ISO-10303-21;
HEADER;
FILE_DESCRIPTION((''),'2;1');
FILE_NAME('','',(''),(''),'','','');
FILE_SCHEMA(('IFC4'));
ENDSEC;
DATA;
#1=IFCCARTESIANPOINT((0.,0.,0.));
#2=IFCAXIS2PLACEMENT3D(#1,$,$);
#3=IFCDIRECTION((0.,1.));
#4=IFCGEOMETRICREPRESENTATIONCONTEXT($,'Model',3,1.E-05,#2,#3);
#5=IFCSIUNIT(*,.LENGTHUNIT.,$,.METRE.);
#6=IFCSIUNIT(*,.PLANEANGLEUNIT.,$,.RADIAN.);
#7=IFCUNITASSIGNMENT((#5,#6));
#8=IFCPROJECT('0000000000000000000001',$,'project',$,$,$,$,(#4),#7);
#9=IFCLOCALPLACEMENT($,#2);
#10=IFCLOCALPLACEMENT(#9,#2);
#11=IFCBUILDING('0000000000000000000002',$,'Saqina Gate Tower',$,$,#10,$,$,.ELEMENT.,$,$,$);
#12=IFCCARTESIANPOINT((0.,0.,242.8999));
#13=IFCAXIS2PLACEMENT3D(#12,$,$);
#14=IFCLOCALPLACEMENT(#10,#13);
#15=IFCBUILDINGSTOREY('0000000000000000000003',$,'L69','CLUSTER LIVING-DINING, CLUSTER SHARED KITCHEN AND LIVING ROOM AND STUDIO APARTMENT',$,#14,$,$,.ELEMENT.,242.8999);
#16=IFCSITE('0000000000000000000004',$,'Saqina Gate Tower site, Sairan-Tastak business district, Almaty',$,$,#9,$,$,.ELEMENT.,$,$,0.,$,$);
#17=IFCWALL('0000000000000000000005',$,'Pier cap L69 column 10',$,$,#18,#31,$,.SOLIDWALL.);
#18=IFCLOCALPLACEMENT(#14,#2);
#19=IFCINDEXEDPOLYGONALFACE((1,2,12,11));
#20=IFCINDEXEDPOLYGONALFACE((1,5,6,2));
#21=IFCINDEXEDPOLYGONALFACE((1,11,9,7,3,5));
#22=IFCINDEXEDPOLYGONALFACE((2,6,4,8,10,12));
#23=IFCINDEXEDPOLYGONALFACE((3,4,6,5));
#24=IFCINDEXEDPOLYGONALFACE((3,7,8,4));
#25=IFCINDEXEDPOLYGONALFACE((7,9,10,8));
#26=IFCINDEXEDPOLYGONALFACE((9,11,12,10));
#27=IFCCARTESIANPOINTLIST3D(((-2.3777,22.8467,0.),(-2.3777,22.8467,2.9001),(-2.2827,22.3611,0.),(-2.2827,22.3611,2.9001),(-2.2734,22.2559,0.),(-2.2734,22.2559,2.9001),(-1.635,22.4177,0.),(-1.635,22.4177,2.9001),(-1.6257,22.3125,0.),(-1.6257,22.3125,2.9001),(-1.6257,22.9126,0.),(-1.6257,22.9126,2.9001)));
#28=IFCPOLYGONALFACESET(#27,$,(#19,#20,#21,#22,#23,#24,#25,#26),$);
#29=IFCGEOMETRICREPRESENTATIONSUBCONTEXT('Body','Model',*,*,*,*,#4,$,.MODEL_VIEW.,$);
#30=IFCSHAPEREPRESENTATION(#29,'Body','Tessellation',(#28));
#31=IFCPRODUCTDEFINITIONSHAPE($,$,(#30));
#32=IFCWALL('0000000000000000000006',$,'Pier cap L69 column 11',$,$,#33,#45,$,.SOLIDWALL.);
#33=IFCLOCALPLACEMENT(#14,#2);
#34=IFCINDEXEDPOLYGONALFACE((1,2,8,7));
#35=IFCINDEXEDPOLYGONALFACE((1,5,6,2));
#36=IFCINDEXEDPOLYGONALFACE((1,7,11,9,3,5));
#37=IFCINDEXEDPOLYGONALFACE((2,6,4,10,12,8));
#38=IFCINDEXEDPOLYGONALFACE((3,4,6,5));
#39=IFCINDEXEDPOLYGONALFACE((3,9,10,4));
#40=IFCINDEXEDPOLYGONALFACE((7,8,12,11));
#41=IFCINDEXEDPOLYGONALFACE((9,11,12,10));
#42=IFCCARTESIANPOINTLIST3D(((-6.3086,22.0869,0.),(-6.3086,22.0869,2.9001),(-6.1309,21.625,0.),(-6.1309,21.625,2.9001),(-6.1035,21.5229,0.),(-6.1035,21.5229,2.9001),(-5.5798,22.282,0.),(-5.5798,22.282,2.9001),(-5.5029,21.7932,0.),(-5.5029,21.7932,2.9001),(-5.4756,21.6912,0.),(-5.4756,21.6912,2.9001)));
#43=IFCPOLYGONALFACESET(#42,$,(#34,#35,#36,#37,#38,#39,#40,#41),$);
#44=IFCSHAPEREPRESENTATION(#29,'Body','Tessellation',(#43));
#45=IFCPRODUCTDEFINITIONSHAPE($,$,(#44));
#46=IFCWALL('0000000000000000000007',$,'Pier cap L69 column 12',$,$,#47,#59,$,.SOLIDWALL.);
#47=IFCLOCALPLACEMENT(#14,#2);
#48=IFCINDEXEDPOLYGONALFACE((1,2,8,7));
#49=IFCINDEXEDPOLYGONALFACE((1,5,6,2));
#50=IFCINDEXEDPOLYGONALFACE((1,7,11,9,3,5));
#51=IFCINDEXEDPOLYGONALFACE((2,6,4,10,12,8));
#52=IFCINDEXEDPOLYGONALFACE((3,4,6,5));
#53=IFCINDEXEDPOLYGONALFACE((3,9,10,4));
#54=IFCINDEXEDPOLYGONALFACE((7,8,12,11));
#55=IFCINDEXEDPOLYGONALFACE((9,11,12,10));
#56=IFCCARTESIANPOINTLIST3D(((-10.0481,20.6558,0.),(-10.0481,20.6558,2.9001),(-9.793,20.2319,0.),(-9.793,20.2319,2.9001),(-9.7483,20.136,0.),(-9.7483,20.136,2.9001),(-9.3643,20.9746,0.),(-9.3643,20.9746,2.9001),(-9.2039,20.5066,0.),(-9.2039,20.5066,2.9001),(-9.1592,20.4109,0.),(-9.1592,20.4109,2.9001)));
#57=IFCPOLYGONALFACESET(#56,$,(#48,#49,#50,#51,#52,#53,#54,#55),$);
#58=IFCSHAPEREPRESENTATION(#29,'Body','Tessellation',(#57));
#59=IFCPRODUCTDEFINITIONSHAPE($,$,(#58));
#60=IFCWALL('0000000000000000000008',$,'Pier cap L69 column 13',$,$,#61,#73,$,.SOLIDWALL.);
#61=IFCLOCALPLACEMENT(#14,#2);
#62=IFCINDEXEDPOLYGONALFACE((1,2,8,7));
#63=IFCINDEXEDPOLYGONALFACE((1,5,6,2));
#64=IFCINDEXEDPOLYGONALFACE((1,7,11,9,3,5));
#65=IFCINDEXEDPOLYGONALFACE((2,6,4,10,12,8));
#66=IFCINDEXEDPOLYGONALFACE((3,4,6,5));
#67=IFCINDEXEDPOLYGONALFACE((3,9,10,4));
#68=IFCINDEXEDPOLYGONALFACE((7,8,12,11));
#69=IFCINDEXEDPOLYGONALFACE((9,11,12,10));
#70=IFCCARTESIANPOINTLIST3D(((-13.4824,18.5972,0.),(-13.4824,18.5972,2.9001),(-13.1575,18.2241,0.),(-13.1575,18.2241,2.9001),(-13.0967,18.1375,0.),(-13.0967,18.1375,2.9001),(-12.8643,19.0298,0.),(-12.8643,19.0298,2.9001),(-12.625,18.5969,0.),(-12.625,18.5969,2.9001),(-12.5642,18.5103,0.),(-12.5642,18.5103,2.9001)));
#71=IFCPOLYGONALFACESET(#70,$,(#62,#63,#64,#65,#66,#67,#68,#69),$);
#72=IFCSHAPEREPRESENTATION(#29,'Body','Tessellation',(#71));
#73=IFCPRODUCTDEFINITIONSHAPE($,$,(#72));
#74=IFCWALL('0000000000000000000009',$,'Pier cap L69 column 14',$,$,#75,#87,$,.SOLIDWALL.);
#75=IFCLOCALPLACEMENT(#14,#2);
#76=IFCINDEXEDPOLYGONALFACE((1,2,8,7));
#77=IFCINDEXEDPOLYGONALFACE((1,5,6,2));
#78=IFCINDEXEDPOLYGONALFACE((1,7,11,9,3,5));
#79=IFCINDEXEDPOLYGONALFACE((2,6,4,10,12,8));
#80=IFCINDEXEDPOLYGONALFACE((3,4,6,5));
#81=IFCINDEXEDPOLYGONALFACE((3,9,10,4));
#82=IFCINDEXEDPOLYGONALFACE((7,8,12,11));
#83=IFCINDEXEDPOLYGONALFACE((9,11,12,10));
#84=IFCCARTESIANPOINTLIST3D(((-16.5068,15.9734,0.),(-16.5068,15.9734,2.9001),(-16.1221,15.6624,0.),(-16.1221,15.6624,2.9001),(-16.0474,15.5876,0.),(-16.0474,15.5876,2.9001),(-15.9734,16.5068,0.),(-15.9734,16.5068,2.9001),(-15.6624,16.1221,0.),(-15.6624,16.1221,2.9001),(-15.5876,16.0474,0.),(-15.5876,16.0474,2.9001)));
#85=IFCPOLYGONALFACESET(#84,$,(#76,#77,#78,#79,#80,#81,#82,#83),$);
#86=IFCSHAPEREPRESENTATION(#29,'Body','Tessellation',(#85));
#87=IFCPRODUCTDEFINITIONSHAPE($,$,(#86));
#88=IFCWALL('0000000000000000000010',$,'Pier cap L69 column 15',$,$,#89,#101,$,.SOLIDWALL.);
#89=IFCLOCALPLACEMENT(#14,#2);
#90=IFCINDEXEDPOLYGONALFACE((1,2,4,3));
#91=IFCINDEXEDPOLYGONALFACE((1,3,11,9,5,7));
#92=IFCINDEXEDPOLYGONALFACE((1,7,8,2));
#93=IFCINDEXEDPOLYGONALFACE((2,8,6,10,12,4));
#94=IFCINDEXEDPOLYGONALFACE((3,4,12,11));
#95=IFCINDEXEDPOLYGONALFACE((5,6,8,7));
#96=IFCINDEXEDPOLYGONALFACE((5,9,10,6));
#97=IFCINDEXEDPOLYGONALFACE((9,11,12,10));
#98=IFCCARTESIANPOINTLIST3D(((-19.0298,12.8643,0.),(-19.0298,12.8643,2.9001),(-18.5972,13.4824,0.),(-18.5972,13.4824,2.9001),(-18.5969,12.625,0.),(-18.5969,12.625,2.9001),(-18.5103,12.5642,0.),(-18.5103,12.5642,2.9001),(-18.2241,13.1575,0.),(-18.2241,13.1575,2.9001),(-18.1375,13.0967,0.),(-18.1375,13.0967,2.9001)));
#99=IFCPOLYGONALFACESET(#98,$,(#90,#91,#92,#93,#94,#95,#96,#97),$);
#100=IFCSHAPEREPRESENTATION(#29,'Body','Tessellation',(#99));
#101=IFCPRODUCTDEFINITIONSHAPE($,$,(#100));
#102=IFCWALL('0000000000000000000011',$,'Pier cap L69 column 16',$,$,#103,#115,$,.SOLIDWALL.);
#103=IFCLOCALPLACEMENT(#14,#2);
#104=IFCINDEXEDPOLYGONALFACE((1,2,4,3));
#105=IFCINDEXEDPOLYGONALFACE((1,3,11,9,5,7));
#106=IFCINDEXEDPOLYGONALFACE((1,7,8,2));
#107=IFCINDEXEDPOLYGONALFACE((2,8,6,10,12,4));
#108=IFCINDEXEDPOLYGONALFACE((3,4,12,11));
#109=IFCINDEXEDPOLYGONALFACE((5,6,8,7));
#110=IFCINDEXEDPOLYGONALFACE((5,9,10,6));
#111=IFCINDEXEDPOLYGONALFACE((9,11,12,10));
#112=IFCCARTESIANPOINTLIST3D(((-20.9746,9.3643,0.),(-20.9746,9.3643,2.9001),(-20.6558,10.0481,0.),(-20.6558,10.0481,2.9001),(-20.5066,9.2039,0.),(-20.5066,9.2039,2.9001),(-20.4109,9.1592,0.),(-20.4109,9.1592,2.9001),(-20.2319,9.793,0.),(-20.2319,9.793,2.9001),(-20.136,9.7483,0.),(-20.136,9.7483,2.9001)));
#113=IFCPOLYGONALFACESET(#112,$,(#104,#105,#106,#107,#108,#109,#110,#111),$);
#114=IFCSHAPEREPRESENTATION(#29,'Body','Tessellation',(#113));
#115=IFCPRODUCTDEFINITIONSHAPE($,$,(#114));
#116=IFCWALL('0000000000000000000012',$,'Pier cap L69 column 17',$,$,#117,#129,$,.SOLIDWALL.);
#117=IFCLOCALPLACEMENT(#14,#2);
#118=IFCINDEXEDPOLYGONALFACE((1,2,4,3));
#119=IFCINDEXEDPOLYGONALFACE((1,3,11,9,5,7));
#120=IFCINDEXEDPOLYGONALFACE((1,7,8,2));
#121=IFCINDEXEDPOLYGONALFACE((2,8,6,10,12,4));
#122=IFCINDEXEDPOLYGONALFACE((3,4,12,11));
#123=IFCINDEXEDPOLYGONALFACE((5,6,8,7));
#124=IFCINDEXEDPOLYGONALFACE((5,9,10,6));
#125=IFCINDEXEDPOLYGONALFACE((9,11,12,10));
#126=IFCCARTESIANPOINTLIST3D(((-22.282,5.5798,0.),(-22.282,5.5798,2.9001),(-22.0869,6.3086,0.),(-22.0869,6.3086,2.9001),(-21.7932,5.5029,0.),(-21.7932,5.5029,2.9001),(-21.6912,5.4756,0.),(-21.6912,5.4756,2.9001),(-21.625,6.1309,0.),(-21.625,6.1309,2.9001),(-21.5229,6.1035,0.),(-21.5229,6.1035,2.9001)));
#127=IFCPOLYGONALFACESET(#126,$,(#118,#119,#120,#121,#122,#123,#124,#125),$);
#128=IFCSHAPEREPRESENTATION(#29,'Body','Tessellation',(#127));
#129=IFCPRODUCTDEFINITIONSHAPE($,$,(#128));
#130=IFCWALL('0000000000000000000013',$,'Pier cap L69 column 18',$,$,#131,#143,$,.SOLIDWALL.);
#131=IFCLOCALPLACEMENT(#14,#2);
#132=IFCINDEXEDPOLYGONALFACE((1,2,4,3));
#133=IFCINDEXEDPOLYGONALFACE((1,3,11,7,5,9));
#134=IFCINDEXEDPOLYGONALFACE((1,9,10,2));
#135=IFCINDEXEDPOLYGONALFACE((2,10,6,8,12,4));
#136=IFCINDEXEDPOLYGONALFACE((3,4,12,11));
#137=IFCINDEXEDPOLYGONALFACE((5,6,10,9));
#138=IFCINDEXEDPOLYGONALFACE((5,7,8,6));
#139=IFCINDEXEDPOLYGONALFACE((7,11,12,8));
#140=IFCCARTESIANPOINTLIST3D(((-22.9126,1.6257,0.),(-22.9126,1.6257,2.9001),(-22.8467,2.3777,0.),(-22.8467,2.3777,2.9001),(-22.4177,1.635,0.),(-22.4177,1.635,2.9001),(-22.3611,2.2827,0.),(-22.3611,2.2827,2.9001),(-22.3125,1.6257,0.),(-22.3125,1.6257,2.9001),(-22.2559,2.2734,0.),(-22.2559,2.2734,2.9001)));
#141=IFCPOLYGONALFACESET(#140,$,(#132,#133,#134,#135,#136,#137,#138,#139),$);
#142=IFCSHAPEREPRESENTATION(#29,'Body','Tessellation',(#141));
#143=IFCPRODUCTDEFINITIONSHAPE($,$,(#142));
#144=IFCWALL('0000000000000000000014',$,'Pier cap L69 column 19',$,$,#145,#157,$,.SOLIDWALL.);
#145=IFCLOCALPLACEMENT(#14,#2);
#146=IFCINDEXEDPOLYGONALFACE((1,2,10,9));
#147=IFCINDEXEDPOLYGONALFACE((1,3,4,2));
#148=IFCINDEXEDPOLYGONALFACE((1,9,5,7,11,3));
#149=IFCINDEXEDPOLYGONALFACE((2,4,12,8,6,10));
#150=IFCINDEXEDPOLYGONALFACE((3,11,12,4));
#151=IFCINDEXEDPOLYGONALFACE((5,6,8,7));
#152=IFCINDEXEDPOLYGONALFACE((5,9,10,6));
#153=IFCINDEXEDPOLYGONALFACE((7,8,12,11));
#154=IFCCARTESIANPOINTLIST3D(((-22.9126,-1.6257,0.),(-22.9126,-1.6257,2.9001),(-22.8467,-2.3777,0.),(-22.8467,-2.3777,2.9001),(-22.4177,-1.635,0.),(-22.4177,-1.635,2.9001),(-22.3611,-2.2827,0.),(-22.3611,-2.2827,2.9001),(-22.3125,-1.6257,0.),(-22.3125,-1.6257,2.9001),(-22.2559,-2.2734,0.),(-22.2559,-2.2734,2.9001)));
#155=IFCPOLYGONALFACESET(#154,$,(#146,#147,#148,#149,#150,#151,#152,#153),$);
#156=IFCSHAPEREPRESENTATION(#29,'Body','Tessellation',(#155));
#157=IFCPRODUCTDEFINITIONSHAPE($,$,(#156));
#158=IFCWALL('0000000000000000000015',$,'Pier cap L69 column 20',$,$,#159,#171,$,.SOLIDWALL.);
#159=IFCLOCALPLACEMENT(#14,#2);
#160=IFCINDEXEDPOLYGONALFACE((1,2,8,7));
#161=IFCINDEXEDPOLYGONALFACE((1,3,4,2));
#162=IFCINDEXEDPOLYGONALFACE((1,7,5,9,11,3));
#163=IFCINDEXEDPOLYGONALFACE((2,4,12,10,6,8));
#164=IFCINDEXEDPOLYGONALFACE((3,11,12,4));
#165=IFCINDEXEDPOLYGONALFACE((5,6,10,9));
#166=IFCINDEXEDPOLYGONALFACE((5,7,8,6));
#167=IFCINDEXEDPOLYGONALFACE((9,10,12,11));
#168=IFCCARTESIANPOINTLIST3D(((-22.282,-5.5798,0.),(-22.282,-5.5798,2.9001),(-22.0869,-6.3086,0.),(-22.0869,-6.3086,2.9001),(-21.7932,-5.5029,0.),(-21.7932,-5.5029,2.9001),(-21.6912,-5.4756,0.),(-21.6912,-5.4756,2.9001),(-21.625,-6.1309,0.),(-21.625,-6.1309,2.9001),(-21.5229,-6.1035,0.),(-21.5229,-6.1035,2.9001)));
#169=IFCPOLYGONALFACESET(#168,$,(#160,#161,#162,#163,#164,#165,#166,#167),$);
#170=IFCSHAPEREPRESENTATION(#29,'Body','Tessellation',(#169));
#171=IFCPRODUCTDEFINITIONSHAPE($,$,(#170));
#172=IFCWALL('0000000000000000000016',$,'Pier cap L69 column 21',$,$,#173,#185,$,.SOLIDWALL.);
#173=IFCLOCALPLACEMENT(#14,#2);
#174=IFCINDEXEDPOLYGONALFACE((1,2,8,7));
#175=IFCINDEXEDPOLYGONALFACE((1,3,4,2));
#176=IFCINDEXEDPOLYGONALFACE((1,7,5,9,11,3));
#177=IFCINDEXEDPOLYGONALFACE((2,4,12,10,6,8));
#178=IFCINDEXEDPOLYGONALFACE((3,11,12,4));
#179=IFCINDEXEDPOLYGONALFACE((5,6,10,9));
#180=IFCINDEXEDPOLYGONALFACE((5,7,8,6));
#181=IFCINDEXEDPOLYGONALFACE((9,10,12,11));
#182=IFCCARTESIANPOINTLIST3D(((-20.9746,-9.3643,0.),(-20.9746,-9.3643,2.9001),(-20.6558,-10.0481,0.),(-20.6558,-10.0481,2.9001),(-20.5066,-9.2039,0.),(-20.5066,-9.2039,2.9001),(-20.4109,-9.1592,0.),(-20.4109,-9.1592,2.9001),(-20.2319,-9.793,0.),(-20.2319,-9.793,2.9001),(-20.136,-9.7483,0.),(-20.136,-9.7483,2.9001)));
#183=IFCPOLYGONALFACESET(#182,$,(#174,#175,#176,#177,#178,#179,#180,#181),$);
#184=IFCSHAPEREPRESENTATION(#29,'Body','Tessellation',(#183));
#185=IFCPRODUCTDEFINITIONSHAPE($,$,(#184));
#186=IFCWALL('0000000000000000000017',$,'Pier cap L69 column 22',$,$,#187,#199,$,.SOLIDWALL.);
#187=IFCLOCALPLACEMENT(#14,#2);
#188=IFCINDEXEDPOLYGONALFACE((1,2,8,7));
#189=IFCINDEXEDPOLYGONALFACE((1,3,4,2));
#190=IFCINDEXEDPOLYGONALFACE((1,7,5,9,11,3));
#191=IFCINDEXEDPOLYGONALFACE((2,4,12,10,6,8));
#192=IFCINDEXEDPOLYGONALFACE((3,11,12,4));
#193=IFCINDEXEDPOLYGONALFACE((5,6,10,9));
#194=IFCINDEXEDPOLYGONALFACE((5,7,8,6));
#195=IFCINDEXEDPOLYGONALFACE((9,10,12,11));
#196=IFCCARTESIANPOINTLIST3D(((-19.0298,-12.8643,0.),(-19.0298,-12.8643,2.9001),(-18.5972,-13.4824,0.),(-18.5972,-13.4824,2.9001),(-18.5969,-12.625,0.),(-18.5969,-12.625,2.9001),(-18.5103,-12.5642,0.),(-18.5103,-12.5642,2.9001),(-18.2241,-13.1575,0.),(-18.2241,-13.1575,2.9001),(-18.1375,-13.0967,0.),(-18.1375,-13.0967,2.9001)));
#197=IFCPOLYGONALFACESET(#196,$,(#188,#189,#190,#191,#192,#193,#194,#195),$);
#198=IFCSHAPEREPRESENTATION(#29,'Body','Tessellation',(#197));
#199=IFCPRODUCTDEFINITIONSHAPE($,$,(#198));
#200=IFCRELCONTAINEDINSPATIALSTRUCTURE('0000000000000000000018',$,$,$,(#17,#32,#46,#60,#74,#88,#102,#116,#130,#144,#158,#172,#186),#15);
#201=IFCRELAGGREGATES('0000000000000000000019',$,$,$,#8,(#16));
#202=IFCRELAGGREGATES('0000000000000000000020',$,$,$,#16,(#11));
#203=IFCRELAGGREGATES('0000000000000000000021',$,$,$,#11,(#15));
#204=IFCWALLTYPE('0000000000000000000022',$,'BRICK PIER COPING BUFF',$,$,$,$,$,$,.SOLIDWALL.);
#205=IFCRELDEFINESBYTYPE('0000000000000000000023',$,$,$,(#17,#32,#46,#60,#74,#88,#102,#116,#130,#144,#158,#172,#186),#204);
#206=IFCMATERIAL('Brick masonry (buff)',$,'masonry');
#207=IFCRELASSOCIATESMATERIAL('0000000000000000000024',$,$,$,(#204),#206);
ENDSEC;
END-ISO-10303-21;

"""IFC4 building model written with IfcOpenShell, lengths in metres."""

from ifc_helpers import new_model, si_unit, direction, frame, origin, place, context, subcontext, project, spatial, polyline, outline, extrude, material, type_object, element, save


model = new_model("IFC4")

# Units and contexts
model_context = context("Model", 3, precision=1e-05, world=origin(), true_north=direction((0.0, 1.0)))
body_context = subcontext(model_context, "Body", "Model", "MODEL_VIEW")
ifc_project = project(units=[si_unit("LENGTHUNIT", "METRE"), si_unit("PLANEANGLEUNIT", "RADIAN")], contexts=[model_context])

# Site, building, storey
site_placement = place(None, origin())
site = spatial("IfcSite", under=ifc_project, at=site_placement, Name="Saqina Gate Tower site, Sairan-Tastak business district, Almaty", CompositionType="ELEMENT", RefElevation=0.0)
building_placement = place(site_placement, origin())
building = spatial("IfcBuilding", under=site, at=building_placement, Name="Saqina Gate Tower", CompositionType="ELEMENT")
storey_placement = place(building_placement, frame((0.0, 0.0, 242.8999)))
storey = spatial("IfcBuildingStorey", under=building, at=storey_placement, Name="L69", Description="CLUSTER LIVING-DINING, CLUSTER SHARED KITCHEN AND LIVING ROOM AND STUDIO APARTMENT", CompositionType="ELEMENT", Elevation=242.8999)

# Walls
ifc_material = material(Name="Brick masonry (buff)", Category="masonry")
wall_type = type_object("IfcWallType", Name="BRICK PIER COPING BUFF", PredefinedType="SOLIDWALL", material=ifc_material)
wall_1_placement = place(storey_placement, origin())
element("IfcWall", 1, at=wall_1_placement, inside=storey, type_object=wall_type, Name="Pier cap L69 column 10", PredefinedType="SOLIDWALL", context=body_context, shape_type="SweptSolid", body=[
    extrude(outline(polyline([(-1.6257, 22.9126), (-2.3777, 22.8467), (-2.2734, 22.2559), (-2.2827, 22.3611), (-1.635, 22.4177), (-1.6257, 22.3125), (-1.6257, 22.9126)])), origin(), (0.0, 0.0, 1.0), 2.9001),
])
wall_2_placement = place(storey_placement, origin())
element("IfcWall", 2, at=wall_2_placement, inside=storey, type_object=wall_type, Name="Pier cap L69 column 11", PredefinedType="SOLIDWALL", context=body_context, shape_type="SweptSolid", body=[
    extrude(outline(polyline([(-6.3086, 22.0869), (-6.1035, 21.5229), (-6.1309, 21.625), (-5.5029, 21.7932), (-5.4756, 21.6912), (-5.5798, 22.282), (-6.3086, 22.0869)])), origin(), (0.0, 0.0, 1.0), 2.9001),
])
wall_3_placement = place(storey_placement, origin())
element("IfcWall", 3, at=wall_3_placement, inside=storey, type_object=wall_type, Name="Pier cap L69 column 12", PredefinedType="SOLIDWALL", context=body_context, shape_type="SweptSolid", body=[
    extrude(outline(polyline([(-9.3643, 20.9746), (-10.0481, 20.6558), (-9.7483, 20.136), (-9.793, 20.2319), (-9.2039, 20.5066), (-9.1592, 20.4109), (-9.3643, 20.9746)])), origin(), (0.0, 0.0, 1.0), 2.9001),
])
wall_4_placement = place(storey_placement, origin())
element("IfcWall", 4, at=wall_4_placement, inside=storey, type_object=wall_type, Name="Pier cap L69 column 13", PredefinedType="SOLIDWALL", context=body_context, shape_type="SweptSolid", body=[
    extrude(outline(polyline([(-12.8643, 19.0298), (-13.4824, 18.5972), (-13.0967, 18.1375), (-13.1575, 18.2241), (-12.625, 18.5969), (-12.5642, 18.5103), (-12.8643, 19.0298)])), origin(), (0.0, 0.0, 1.0), 2.9001),
])
wall_5_placement = place(storey_placement, origin())
element("IfcWall", 5, at=wall_5_placement, inside=storey, type_object=wall_type, Name="Pier cap L69 column 14", PredefinedType="SOLIDWALL", context=body_context, shape_type="SweptSolid", body=[
    extrude(outline(polyline([(-16.5068, 15.9734), (-16.0474, 15.5876), (-16.1221, 15.6624), (-15.6624, 16.1221), (-15.5876, 16.0474), (-15.9734, 16.5068), (-16.5068, 15.9734)])), origin(), (0.0, 0.0, 1.0), 2.9001),
])
wall_6_placement = place(storey_placement, origin())
element("IfcWall", 6, at=wall_6_placement, inside=storey, type_object=wall_type, Name="Pier cap L69 column 15", PredefinedType="SOLIDWALL", context=body_context, shape_type="SweptSolid", body=[
    extrude(outline(polyline([(-19.0298, 12.8643), (-18.5103, 12.5642), (-18.5969, 12.625), (-18.2241, 13.1575), (-18.1375, 13.0967), (-18.5972, 13.4824), (-19.0298, 12.8643)])), origin(), (0.0, 0.0, 1.0), 2.9001),
])
wall_7_placement = place(storey_placement, origin())
element("IfcWall", 7, at=wall_7_placement, inside=storey, type_object=wall_type, Name="Pier cap L69 column 16", PredefinedType="SOLIDWALL", context=body_context, shape_type="SweptSolid", body=[
    extrude(outline(polyline([(-20.6558, 10.0481), (-20.9746, 9.3643), (-20.4109, 9.1592), (-20.5066, 9.2039), (-20.2319, 9.793), (-20.136, 9.7483), (-20.6558, 10.0481)])), origin(), (0.0, 0.0, 1.0), 2.9001),
])
wall_8_placement = place(storey_placement, origin())
element("IfcWall", 8, at=wall_8_placement, inside=storey, type_object=wall_type, Name="Pier cap L69 column 17", PredefinedType="SOLIDWALL", context=body_context, shape_type="SweptSolid", body=[
    extrude(outline(polyline([(-22.282, 5.5798), (-21.6912, 5.4756), (-21.7932, 5.5029), (-21.625, 6.1309), (-21.5229, 6.1035), (-22.0869, 6.3086), (-22.282, 5.5798)])), origin(), (0.0, 0.0, 1.0), 2.9001),
])
wall_9_placement = place(storey_placement, origin())
element("IfcWall", 9, at=wall_9_placement, inside=storey, type_object=wall_type, Name="Pier cap L69 column 18", PredefinedType="SOLIDWALL", context=body_context, shape_type="SweptSolid", body=[
    extrude(outline(polyline([(-22.8467, 2.3777), (-22.9126, 1.6257), (-22.3125, 1.6257), (-22.4177, 1.635), (-22.3611, 2.2827), (-22.2559, 2.2734), (-22.8467, 2.3777)])), origin(), (0.0, 0.0, 1.0), 2.9001),
])
wall_10_placement = place(storey_placement, origin())
element("IfcWall", 10, at=wall_10_placement, inside=storey, type_object=wall_type, Name="Pier cap L69 column 19", PredefinedType="SOLIDWALL", context=body_context, shape_type="SweptSolid", body=[
    extrude(outline(polyline([(-22.9126, -1.6257), (-22.8467, -2.3777), (-22.2559, -2.2734), (-22.3611, -2.2827), (-22.4177, -1.635), (-22.3125, -1.6257), (-22.9126, -1.6257)])), origin(), (0.0, 0.0, 1.0), 2.9001),
])
wall_11_placement = place(storey_placement, origin())
element("IfcWall", 11, at=wall_11_placement, inside=storey, type_object=wall_type, Name="Pier cap L69 column 20", PredefinedType="SOLIDWALL", context=body_context, shape_type="SweptSolid", body=[
    extrude(outline(polyline([(-22.0869, -6.3086), (-21.5229, -6.1035), (-21.625, -6.1309), (-21.7932, -5.5029), (-21.6912, -5.4756), (-22.282, -5.5798), (-22.0869, -6.3086)])), origin(), (0.0, 0.0, 1.0), 2.9001),
])
wall_12_placement = place(storey_placement, origin())
element("IfcWall", 12, at=wall_12_placement, inside=storey, type_object=wall_type, Name="Pier cap L69 column 21", PredefinedType="SOLIDWALL", context=body_context, shape_type="SweptSolid", body=[
    extrude(outline(polyline([(-20.9746, -9.3643), (-20.6558, -10.0481), (-20.136, -9.7483), (-20.2319, -9.793), (-20.5066, -9.2039), (-20.4109, -9.1592), (-20.9746, -9.3643)])), origin(), (0.0, 0.0, 1.0), 2.9001),
])
wall_13_placement = place(storey_placement, origin())
element("IfcWall", 13, at=wall_13_placement, inside=storey, type_object=wall_type, Name="Pier cap L69 column 22", PredefinedType="SOLIDWALL", context=body_context, shape_type="SweptSolid", body=[
    extrude(outline(polyline([(-19.0298, -12.8643), (-18.5972, -13.4824), (-18.1375, -13.0967), (-18.2241, -13.1575), (-18.5969, -12.625), (-18.5103, -12.5642), (-19.0298, -12.8643)])), origin(), (0.0, 0.0, 1.0), 2.9001),
])

save(model, "model.ifc")
